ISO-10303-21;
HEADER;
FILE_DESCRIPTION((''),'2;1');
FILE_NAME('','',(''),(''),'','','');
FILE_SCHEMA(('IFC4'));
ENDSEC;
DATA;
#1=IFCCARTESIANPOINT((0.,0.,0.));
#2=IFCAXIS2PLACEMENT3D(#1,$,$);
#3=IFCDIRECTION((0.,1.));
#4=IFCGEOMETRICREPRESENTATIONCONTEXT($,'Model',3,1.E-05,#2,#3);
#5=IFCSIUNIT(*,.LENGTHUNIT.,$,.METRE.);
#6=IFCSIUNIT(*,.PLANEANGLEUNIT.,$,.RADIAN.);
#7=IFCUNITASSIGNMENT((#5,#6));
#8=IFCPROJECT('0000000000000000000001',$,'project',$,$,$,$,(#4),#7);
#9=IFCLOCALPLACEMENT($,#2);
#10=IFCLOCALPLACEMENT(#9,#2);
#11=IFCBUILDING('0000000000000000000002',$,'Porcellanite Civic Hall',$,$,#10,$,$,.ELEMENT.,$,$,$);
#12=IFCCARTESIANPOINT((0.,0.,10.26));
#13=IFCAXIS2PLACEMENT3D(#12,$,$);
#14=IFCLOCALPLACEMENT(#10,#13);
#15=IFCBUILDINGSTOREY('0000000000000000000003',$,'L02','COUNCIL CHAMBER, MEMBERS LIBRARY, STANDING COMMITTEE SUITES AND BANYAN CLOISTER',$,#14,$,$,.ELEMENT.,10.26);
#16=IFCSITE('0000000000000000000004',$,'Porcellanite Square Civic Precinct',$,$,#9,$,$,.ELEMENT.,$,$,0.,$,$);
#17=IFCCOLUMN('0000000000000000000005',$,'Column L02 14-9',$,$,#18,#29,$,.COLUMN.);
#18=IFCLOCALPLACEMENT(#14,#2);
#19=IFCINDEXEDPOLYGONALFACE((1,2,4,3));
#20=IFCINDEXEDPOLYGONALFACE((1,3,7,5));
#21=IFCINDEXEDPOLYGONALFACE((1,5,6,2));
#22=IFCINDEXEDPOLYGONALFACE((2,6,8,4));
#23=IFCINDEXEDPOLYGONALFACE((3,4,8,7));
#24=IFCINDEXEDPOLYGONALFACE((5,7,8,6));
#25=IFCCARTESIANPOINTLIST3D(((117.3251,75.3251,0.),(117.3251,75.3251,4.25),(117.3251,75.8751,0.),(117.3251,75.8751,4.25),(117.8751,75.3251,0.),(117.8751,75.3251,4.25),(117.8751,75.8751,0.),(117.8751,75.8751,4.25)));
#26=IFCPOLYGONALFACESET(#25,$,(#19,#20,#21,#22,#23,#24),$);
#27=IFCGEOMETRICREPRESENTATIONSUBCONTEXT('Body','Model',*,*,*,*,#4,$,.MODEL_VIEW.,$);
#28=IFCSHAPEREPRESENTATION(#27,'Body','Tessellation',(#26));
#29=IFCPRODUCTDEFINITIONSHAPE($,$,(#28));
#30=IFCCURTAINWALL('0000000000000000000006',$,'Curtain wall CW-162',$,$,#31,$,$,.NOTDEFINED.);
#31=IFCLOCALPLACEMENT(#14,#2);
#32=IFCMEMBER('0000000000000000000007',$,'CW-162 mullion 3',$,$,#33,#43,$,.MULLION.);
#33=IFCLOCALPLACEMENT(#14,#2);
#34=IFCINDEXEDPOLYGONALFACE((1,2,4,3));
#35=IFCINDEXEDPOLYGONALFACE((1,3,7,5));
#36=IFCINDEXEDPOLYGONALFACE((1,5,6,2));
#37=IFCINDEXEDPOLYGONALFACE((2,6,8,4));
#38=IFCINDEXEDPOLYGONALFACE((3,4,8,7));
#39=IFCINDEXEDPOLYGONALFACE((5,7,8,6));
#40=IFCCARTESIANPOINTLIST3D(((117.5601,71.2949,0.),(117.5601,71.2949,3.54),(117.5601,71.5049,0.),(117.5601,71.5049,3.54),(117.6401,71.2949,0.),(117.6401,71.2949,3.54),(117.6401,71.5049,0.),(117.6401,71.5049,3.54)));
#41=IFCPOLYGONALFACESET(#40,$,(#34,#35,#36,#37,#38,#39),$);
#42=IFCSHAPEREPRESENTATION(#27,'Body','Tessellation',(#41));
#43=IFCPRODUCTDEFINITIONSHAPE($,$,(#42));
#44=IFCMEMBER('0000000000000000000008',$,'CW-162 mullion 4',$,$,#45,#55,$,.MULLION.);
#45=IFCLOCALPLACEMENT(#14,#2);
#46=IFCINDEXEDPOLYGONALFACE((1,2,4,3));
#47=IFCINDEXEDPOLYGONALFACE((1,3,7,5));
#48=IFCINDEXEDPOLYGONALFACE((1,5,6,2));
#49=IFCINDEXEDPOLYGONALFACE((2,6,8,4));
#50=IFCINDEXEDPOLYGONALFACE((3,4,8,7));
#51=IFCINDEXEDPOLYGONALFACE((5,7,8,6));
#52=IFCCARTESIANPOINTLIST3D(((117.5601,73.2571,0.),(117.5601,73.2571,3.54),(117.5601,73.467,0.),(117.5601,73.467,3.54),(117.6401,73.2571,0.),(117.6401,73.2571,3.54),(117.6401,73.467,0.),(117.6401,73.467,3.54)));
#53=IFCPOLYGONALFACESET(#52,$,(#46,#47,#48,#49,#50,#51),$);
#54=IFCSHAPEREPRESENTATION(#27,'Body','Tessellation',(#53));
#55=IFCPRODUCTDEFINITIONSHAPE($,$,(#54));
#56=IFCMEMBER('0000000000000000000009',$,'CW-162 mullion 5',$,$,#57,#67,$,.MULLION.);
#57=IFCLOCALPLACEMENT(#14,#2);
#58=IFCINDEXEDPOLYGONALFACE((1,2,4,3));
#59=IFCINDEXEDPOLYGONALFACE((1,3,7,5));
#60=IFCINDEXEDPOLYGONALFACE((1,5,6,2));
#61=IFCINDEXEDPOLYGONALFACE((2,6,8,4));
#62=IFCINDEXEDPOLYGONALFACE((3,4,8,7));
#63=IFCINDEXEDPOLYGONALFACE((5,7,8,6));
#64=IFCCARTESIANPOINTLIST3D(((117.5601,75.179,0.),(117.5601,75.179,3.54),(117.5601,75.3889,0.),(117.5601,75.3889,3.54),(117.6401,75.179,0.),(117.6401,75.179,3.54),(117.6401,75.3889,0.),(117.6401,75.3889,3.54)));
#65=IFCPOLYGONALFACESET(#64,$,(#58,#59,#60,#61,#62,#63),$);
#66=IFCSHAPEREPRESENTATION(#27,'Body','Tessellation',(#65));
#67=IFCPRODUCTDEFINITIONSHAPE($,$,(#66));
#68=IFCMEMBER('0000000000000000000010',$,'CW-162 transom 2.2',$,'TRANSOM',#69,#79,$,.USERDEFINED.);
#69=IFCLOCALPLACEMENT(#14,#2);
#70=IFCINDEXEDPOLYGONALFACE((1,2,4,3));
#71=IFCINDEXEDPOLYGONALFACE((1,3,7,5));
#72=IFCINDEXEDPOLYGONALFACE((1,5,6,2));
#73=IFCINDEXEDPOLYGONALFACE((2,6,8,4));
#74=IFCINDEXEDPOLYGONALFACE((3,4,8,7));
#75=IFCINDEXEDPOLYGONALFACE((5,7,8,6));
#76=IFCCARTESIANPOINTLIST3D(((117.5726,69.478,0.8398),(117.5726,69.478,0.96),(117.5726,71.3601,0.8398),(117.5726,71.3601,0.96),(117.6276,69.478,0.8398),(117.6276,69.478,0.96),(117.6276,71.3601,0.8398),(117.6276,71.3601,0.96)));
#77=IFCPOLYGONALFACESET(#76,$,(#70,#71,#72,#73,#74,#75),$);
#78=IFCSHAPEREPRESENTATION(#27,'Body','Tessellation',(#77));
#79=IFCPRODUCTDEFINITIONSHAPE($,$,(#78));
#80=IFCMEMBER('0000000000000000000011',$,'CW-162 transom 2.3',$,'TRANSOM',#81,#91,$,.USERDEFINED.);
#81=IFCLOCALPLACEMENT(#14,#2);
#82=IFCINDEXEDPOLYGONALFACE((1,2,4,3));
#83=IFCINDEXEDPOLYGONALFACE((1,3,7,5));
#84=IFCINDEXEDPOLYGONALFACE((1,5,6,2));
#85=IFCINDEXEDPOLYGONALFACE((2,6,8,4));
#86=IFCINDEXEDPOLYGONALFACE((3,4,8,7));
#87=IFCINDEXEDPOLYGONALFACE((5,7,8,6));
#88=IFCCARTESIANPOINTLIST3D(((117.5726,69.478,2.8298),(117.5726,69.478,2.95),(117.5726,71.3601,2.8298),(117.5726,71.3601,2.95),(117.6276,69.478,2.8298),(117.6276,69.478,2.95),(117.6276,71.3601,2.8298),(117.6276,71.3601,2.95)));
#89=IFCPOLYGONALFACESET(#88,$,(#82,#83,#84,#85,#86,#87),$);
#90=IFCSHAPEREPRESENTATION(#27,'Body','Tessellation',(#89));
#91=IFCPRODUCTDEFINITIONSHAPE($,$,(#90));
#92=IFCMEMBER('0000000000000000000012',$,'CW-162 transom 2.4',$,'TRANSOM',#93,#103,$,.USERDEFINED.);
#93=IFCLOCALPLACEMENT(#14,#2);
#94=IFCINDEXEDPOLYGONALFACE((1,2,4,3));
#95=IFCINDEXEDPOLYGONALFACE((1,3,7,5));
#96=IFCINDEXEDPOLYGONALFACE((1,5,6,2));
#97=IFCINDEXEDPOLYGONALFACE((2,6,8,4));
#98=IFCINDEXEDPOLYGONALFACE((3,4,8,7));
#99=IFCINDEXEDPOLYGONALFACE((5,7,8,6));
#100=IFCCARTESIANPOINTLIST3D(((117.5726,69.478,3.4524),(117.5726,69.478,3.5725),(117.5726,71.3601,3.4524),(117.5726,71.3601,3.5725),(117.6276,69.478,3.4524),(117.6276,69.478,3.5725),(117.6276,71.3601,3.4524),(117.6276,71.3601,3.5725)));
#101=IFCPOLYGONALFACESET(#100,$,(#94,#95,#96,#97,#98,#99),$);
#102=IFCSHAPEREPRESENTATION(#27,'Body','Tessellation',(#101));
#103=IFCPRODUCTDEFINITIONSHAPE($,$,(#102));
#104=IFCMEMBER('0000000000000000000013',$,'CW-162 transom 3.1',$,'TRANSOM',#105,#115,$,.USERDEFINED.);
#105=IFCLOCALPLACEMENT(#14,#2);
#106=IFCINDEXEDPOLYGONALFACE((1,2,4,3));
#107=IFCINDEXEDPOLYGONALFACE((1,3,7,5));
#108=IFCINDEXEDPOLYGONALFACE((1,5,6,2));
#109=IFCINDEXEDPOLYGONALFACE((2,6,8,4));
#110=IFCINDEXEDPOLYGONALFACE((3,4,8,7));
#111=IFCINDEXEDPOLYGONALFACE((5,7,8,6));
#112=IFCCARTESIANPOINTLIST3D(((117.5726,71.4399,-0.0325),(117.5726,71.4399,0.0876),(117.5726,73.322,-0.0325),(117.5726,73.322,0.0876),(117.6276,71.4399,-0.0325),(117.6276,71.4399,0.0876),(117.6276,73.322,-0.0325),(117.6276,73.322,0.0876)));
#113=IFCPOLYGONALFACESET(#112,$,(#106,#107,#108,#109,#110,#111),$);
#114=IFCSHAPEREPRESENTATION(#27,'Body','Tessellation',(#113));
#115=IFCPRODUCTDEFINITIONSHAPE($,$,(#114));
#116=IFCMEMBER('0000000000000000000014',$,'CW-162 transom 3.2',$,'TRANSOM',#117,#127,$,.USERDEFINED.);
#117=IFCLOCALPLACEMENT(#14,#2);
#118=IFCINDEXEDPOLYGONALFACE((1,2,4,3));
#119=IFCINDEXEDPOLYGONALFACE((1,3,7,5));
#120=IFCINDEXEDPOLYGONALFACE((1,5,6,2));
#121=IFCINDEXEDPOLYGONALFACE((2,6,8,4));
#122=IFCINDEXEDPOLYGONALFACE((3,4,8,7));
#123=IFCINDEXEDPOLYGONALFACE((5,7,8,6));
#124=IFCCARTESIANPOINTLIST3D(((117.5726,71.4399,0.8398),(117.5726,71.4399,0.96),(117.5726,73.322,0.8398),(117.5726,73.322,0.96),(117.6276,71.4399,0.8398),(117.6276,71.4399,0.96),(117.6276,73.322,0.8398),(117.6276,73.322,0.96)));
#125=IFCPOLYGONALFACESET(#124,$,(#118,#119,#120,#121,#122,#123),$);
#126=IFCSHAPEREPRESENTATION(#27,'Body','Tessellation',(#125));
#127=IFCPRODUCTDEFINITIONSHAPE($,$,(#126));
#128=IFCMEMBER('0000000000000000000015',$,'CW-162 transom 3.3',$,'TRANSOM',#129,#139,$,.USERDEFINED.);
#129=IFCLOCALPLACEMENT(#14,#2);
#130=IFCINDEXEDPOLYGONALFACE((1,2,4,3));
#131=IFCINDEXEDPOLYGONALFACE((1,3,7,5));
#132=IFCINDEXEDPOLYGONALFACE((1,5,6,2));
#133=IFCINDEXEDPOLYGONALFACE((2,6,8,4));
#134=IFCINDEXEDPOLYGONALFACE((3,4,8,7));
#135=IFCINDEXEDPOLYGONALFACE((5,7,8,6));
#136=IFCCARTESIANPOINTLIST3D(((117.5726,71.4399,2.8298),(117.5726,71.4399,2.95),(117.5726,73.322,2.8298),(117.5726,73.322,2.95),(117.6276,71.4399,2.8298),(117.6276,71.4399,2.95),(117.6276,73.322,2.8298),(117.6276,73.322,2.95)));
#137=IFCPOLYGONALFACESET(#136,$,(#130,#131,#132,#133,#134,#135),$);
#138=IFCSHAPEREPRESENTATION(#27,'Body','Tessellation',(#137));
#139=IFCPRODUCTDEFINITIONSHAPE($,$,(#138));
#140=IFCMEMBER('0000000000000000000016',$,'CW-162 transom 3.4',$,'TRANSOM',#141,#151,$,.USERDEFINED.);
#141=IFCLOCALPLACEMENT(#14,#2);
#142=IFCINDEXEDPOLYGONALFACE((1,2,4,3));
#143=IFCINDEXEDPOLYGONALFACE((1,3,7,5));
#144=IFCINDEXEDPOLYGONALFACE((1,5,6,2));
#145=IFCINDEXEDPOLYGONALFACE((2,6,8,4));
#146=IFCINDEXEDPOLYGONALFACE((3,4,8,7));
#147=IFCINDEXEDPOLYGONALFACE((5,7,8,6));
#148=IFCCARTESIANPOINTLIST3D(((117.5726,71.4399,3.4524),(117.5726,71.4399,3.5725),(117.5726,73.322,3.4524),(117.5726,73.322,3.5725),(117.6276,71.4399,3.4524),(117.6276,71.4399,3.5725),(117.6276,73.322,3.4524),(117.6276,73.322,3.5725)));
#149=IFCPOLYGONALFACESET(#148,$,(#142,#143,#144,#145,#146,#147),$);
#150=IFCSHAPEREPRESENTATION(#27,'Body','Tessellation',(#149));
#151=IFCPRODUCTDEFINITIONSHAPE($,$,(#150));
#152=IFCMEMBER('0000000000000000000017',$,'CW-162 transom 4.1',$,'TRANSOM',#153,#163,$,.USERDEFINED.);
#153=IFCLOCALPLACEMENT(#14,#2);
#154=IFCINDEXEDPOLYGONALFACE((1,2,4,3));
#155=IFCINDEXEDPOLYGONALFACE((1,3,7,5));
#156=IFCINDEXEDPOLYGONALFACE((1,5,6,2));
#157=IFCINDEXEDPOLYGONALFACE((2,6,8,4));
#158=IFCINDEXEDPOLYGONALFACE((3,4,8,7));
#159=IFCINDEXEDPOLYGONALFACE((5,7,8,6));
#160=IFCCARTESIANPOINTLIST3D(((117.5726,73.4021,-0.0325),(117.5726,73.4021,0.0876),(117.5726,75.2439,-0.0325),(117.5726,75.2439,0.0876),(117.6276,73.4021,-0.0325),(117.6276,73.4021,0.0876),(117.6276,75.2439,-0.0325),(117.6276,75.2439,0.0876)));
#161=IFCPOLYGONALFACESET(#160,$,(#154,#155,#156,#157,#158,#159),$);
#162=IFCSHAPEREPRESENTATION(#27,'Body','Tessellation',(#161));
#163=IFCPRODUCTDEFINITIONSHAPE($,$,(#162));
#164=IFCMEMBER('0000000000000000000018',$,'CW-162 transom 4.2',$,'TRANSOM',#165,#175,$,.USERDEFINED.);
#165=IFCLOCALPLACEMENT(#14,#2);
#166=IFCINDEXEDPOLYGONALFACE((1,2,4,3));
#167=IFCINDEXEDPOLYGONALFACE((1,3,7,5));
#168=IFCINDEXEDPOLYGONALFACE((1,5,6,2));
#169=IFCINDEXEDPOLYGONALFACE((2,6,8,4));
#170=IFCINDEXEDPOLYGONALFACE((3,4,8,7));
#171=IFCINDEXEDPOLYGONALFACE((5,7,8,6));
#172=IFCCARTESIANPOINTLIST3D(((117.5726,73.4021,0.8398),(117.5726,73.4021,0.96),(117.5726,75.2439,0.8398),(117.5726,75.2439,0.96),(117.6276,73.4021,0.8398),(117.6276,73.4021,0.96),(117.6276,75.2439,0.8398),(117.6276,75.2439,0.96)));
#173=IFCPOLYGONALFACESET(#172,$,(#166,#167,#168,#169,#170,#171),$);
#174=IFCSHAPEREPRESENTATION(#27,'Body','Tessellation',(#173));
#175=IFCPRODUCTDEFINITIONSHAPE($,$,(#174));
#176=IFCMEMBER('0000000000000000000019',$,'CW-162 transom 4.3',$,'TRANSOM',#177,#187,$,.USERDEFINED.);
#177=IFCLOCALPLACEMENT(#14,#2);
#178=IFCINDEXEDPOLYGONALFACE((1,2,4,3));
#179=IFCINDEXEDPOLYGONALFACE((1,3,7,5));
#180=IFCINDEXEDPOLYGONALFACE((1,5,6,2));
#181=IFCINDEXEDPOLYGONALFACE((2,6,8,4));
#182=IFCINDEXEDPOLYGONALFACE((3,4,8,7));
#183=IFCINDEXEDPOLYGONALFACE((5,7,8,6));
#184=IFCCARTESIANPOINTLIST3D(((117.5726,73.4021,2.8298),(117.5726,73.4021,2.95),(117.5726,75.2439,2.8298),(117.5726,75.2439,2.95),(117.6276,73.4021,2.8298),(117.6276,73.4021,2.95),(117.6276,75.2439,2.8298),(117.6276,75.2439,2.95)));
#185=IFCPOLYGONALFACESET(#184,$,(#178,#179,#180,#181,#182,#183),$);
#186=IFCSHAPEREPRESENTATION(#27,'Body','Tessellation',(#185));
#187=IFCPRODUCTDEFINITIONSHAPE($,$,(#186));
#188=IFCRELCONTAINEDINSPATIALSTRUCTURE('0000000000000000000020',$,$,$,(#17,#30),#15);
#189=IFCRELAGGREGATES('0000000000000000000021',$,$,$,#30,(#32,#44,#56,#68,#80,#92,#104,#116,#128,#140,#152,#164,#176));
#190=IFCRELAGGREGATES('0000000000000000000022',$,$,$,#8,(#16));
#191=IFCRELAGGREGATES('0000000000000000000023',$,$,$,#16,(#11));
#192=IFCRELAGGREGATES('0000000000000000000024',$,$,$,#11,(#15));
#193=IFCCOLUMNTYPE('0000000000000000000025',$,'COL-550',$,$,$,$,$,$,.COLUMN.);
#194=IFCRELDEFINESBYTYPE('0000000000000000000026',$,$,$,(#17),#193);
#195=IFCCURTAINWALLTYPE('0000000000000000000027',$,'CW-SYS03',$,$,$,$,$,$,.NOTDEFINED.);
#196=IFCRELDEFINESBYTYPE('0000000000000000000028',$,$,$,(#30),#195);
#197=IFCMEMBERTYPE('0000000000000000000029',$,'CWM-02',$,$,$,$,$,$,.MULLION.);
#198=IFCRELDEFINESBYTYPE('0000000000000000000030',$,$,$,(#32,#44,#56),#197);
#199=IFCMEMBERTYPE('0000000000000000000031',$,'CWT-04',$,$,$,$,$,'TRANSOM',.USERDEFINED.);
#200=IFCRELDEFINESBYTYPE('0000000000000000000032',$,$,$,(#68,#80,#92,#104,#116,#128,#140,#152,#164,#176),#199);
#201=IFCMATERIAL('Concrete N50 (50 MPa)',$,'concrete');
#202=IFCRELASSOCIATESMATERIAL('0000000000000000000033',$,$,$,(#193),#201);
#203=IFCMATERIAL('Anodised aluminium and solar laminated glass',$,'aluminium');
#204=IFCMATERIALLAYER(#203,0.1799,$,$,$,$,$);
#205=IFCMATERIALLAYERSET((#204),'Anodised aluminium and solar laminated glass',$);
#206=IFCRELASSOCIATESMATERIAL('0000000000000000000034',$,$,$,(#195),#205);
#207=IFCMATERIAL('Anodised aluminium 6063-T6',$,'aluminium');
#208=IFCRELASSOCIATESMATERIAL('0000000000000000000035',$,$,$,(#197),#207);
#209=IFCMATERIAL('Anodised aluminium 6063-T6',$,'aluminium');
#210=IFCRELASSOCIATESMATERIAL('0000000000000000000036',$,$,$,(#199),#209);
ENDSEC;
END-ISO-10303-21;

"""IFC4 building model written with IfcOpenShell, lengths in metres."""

from ifc_helpers import new_model, si_unit, direction, frame, origin, origin_2d, place, context, subcontext, project, spatial, rectangle, extrude, material, layer, layer_set, material_profile, profile_set, type_object, element, aggregate, save


model = new_model("IFC4")

# Units and contexts
model_context = context("Model", 3, precision=1e-05, world=origin(), true_north=direction((0.0, 1.0)))
body_context = subcontext(model_context, "Body", "Model", "MODEL_VIEW")
ifc_project = project(units=[si_unit("LENGTHUNIT", "METRE"), si_unit("PLANEANGLEUNIT", "RADIAN")], contexts=[model_context])

# Site, building, storey
site_placement = place(None, origin())
site = spatial("IfcSite", under=ifc_project, at=site_placement, Name="Porcellanite Square Civic Precinct", CompositionType="ELEMENT", RefElevation=0.0)
building_placement = place(site_placement, origin())
building = spatial("IfcBuilding", under=site, at=building_placement, Name="Porcellanite Civic Hall", CompositionType="ELEMENT")
storey_placement = place(building_placement, frame((0.0, 0.0, 10.26)))
storey = spatial("IfcBuildingStorey", under=building, at=storey_placement, Name="L02", Description="COUNCIL CHAMBER, MEMBERS LIBRARY, STANDING COMMITTEE SUITES AND BANYAN CLOISTER", CompositionType="ELEMENT", Elevation=10.26)

# Column
ifc_material_1 = material(Name="Concrete N50 (50 MPa)", Category="concrete")
ifc_material_profile_1 = material_profile(ifc_material_1, rectangle(XDim=0.55, YDim=0.55, at=origin_2d()), Name="RC-550x550")
ifc_profile_set_1 = profile_set([ifc_material_profile_1], Name="Concrete N50 (50 MPa)")
column_type = type_object("IfcColumnType", Name="COL-550", PredefinedType="COLUMN", material=ifc_profile_set_1)
column_placement = place(storey_placement, frame((117.6001, 75.6001, 0.0), z_axis=(0.0, 0.0, 1.0), x_axis=(1.0, 0.0, 0.0)))
element("IfcColumn", 1, at=column_placement, inside=storey, type_object=column_type, Name="Column L02 14-9", PredefinedType="COLUMN", context=body_context, shape_type="SweptSolid", body=[
    extrude(rectangle(XDim=0.55, YDim=0.55, at=origin_2d()), origin(), (0.0, 0.0, 1.0), 4.25),
])

# Curtain wall, members
ifc_material_2 = material(Name="Anodised aluminium and solar laminated glass", Category="aluminium")
ifc_layer_1 = layer(ifc_material_2, 0.1799)
ifc_layer_set_1 = layer_set([ifc_layer_1], Name="Anodised aluminium and solar laminated glass")
curtain_wall_type = type_object("IfcCurtainWallType", Name="CW-SYS03", PredefinedType="NOTDEFINED", material=ifc_layer_set_1)
curtain_wall_placement = place(storey_placement, origin())
curtain_wall = element("IfcCurtainWall", 2, at=curtain_wall_placement, inside=storey, type_object=curtain_wall_type, Name="Curtain wall CW-162", PredefinedType="NOTDEFINED")
ifc_material_3 = material(Name="Anodised aluminium 6063-T6", Category="aluminium")
ifc_material_profile_2 = material_profile(ifc_material_3, rectangle(XDim=0.0801, YDim=0.21, at=origin_2d()), Name="AL-80x210")
ifc_profile_set_2 = profile_set([ifc_material_profile_2], Name="Anodised aluminium 6063-T6")
member_type_1 = type_object("IfcMemberType", Name="CWM-02", PredefinedType="MULLION", material=ifc_profile_set_2)
member_1_placement = place(storey_placement, frame((117.6001, 71.3999, 0.0), z_axis=(0.0, 0.0, 1.0), x_axis=(-1.0, 0.0, 0.0)))
member_1 = element("IfcMember", 3, at=member_1_placement, type_object=member_type_1, Name="CW-162 mullion 3", PredefinedType="MULLION", context=body_context, shape_type="SweptSolid", body=[
    extrude(rectangle(XDim=0.0801, YDim=0.21, at=origin_2d()), origin(), (0.0, 0.0, 1.0), 3.54),
])
member_2_placement = place(storey_placement, frame((117.6001, 73.3621, 0.0), z_axis=(0.0, 0.0, 1.0), x_axis=(-1.0, 0.0, 0.0)))
member_2 = element("IfcMember", 4, at=member_2_placement, type_object=member_type_1, Name="CW-162 mullion 4", PredefinedType="MULLION", context=body_context, shape_type="SweptSolid", body=[
    extrude(rectangle(XDim=0.0801, YDim=0.21, at=origin_2d()), origin(), (0.0, 0.0, 1.0), 3.54),
])
member_3_placement = place(storey_placement, frame((117.6001, 75.2839, 0.0), z_axis=(0.0, 0.0, 1.0), x_axis=(-1.0, 0.0, 0.0)))
member_3 = element("IfcMember", 5, at=member_3_placement, type_object=member_type_1, Name="CW-162 mullion 5", PredefinedType="MULLION", context=body_context, shape_type="SweptSolid", body=[
    extrude(rectangle(XDim=0.0801, YDim=0.21, at=origin_2d()), origin(), (0.0, 0.0, 1.0), 3.54),
])
ifc_material_4 = material(Name="Anodised aluminium 6063-T6", Category="aluminium")
ifc_material_profile_3 = material_profile(ifc_material_4, rectangle(XDim=0.0549, YDim=0.1201, at=origin_2d()), Name="AL-55x120")
ifc_profile_set_3 = profile_set([ifc_material_profile_3], Name="Anodised aluminium 6063-T6")
member_type_2 = type_object("IfcMemberType", Name="CWT-04", ElementType="TRANSOM", PredefinedType="USERDEFINED", material=ifc_profile_set_3)
member_4_placement = place(storey_placement, frame((117.6001, 69.478, 0.8999), z_axis=(0.0, 1.0, 0.0), x_axis=(-1.0, 0.0, 0.0)))
member_4 = element("IfcMember", 6, at=member_4_placement, type_object=member_type_2, Name="CW-162 transom 2.2", ObjectType="TRANSOM", PredefinedType="USERDEFINED", context=body_context, shape_type="SweptSolid", body=[
    extrude(rectangle(XDim=0.0549, YDim=0.1201, at=origin_2d()), origin(), (0.0, 0.0, 1.0), 1.8821),
])
member_5_placement = place(storey_placement, frame((117.6001, 69.478, 2.8899), z_axis=(0.0, 1.0, 0.0), x_axis=(-1.0, 0.0, 0.0)))
member_5 = element("IfcMember", 7, at=member_5_placement, type_object=member_type_2, Name="CW-162 transom 2.3", ObjectType="TRANSOM", PredefinedType="USERDEFINED", context=body_context, shape_type="SweptSolid", body=[
    extrude(rectangle(XDim=0.0549, YDim=0.1201, at=origin_2d()), origin(), (0.0, 0.0, 1.0), 1.8821),
])
member_6_placement = place(storey_placement, frame((117.6001, 69.478, 3.5125), z_axis=(0.0, 1.0, 0.0), x_axis=(-1.0, 0.0, 0.0)))
member_6 = element("IfcMember", 8, at=member_6_placement, type_object=member_type_2, Name="CW-162 transom 2.4", ObjectType="TRANSOM", PredefinedType="USERDEFINED", context=body_context, shape_type="SweptSolid", body=[
    extrude(rectangle(XDim=0.0549, YDim=0.1201, at=origin_2d()), origin(), (0.0, 0.0, 1.0), 1.8821),
])
member_7_placement = place(storey_placement, frame((117.6001, 71.4399, 0.0276), z_axis=(0.0, 1.0, 0.0), x_axis=(-1.0, 0.0, 0.0)))
member_7 = element("IfcMember", 9, at=member_7_placement, type_object=member_type_2, Name="CW-162 transom 3.1", ObjectType="TRANSOM", PredefinedType="USERDEFINED", context=body_context, shape_type="SweptSolid", body=[
    extrude(rectangle(XDim=0.0549, YDim=0.1201, at=origin_2d()), origin(), (0.0, 0.0, 1.0), 1.8821),
])
member_8_placement = place(storey_placement, frame((117.6001, 71.4399, 0.8999), z_axis=(0.0, 1.0, 0.0), x_axis=(-1.0, 0.0, 0.0)))
member_8 = element("IfcMember", 10, at=member_8_placement, type_object=member_type_2, Name="CW-162 transom 3.2", ObjectType="TRANSOM", PredefinedType="USERDEFINED", context=body_context, shape_type="SweptSolid", body=[
    extrude(rectangle(XDim=0.0549, YDim=0.1201, at=origin_2d()), origin(), (0.0, 0.0, 1.0), 1.8821),
])
member_9_placement = place(storey_placement, frame((117.6001, 71.4399, 2.8899), z_axis=(0.0, 1.0, 0.0), x_axis=(-1.0, 0.0, 0.0)))
member_9 = element("IfcMember", 11, at=member_9_placement, type_object=member_type_2, Name="CW-162 transom 3.3", ObjectType="TRANSOM", PredefinedType="USERDEFINED", context=body_context, shape_type="SweptSolid", body=[
    extrude(rectangle(XDim=0.0549, YDim=0.1201, at=origin_2d()), origin(), (0.0, 0.0, 1.0), 1.8821),
])
member_10_placement = place(storey_placement, frame((117.6001, 71.4399, 3.5125), z_axis=(0.0, 1.0, 0.0), x_axis=(-1.0, 0.0, 0.0)))
member_10 = element("IfcMember", 12, at=member_10_placement, type_object=member_type_2, Name="CW-162 transom 3.4", ObjectType="TRANSOM", PredefinedType="USERDEFINED", context=body_context, shape_type="SweptSolid", body=[
    extrude(rectangle(XDim=0.0549, YDim=0.1201, at=origin_2d()), origin(), (0.0, 0.0, 1.0), 1.8821),
])
member_11_placement = place(storey_placement, frame((117.6001, 73.4021, 0.0276), z_axis=(0.0, 1.0, 0.0), x_axis=(-1.0, 0.0, 0.0)))
member_11 = element("IfcMember", 13, at=member_11_placement, type_object=member_type_2, Name="CW-162 transom 4.1", ObjectType="TRANSOM", PredefinedType="USERDEFINED", context=body_context, shape_type="SweptSolid", body=[
    extrude(rectangle(XDim=0.0549, YDim=0.1201, at=origin_2d()), origin(), (0.0, 0.0, 1.0), 1.8418),
])
member_12_placement = place(storey_placement, frame((117.6001, 73.4021, 0.8999), z_axis=(0.0, 1.0, 0.0), x_axis=(-1.0, 0.0, 0.0)))
member_12 = element("IfcMember", 14, at=member_12_placement, type_object=member_type_2, Name="CW-162 transom 4.2", ObjectType="TRANSOM", PredefinedType="USERDEFINED", context=body_context, shape_type="SweptSolid", body=[
    extrude(rectangle(XDim=0.0549, YDim=0.1201, at=origin_2d()), origin(), (0.0, 0.0, 1.0), 1.8418),
])
member_13_placement = place(storey_placement, frame((117.6001, 73.4021, 2.8899), z_axis=(0.0, 1.0, 0.0), x_axis=(-1.0, 0.0, 0.0)))
member_13 = element("IfcMember", 15, at=member_13_placement, type_object=member_type_2, Name="CW-162 transom 4.3", ObjectType="TRANSOM", PredefinedType="USERDEFINED", context=body_context, shape_type="SweptSolid", body=[
    extrude(rectangle(XDim=0.0549, YDim=0.1201, at=origin_2d()), origin(), (0.0, 0.0, 1.0), 1.8418),
])

aggregate(curtain_wall, [member_1, member_2, member_3, member_4, member_5, member_6, member_7, member_8, member_9, member_10, member_11, member_12, member_13])

save(model, "model.ifc")
